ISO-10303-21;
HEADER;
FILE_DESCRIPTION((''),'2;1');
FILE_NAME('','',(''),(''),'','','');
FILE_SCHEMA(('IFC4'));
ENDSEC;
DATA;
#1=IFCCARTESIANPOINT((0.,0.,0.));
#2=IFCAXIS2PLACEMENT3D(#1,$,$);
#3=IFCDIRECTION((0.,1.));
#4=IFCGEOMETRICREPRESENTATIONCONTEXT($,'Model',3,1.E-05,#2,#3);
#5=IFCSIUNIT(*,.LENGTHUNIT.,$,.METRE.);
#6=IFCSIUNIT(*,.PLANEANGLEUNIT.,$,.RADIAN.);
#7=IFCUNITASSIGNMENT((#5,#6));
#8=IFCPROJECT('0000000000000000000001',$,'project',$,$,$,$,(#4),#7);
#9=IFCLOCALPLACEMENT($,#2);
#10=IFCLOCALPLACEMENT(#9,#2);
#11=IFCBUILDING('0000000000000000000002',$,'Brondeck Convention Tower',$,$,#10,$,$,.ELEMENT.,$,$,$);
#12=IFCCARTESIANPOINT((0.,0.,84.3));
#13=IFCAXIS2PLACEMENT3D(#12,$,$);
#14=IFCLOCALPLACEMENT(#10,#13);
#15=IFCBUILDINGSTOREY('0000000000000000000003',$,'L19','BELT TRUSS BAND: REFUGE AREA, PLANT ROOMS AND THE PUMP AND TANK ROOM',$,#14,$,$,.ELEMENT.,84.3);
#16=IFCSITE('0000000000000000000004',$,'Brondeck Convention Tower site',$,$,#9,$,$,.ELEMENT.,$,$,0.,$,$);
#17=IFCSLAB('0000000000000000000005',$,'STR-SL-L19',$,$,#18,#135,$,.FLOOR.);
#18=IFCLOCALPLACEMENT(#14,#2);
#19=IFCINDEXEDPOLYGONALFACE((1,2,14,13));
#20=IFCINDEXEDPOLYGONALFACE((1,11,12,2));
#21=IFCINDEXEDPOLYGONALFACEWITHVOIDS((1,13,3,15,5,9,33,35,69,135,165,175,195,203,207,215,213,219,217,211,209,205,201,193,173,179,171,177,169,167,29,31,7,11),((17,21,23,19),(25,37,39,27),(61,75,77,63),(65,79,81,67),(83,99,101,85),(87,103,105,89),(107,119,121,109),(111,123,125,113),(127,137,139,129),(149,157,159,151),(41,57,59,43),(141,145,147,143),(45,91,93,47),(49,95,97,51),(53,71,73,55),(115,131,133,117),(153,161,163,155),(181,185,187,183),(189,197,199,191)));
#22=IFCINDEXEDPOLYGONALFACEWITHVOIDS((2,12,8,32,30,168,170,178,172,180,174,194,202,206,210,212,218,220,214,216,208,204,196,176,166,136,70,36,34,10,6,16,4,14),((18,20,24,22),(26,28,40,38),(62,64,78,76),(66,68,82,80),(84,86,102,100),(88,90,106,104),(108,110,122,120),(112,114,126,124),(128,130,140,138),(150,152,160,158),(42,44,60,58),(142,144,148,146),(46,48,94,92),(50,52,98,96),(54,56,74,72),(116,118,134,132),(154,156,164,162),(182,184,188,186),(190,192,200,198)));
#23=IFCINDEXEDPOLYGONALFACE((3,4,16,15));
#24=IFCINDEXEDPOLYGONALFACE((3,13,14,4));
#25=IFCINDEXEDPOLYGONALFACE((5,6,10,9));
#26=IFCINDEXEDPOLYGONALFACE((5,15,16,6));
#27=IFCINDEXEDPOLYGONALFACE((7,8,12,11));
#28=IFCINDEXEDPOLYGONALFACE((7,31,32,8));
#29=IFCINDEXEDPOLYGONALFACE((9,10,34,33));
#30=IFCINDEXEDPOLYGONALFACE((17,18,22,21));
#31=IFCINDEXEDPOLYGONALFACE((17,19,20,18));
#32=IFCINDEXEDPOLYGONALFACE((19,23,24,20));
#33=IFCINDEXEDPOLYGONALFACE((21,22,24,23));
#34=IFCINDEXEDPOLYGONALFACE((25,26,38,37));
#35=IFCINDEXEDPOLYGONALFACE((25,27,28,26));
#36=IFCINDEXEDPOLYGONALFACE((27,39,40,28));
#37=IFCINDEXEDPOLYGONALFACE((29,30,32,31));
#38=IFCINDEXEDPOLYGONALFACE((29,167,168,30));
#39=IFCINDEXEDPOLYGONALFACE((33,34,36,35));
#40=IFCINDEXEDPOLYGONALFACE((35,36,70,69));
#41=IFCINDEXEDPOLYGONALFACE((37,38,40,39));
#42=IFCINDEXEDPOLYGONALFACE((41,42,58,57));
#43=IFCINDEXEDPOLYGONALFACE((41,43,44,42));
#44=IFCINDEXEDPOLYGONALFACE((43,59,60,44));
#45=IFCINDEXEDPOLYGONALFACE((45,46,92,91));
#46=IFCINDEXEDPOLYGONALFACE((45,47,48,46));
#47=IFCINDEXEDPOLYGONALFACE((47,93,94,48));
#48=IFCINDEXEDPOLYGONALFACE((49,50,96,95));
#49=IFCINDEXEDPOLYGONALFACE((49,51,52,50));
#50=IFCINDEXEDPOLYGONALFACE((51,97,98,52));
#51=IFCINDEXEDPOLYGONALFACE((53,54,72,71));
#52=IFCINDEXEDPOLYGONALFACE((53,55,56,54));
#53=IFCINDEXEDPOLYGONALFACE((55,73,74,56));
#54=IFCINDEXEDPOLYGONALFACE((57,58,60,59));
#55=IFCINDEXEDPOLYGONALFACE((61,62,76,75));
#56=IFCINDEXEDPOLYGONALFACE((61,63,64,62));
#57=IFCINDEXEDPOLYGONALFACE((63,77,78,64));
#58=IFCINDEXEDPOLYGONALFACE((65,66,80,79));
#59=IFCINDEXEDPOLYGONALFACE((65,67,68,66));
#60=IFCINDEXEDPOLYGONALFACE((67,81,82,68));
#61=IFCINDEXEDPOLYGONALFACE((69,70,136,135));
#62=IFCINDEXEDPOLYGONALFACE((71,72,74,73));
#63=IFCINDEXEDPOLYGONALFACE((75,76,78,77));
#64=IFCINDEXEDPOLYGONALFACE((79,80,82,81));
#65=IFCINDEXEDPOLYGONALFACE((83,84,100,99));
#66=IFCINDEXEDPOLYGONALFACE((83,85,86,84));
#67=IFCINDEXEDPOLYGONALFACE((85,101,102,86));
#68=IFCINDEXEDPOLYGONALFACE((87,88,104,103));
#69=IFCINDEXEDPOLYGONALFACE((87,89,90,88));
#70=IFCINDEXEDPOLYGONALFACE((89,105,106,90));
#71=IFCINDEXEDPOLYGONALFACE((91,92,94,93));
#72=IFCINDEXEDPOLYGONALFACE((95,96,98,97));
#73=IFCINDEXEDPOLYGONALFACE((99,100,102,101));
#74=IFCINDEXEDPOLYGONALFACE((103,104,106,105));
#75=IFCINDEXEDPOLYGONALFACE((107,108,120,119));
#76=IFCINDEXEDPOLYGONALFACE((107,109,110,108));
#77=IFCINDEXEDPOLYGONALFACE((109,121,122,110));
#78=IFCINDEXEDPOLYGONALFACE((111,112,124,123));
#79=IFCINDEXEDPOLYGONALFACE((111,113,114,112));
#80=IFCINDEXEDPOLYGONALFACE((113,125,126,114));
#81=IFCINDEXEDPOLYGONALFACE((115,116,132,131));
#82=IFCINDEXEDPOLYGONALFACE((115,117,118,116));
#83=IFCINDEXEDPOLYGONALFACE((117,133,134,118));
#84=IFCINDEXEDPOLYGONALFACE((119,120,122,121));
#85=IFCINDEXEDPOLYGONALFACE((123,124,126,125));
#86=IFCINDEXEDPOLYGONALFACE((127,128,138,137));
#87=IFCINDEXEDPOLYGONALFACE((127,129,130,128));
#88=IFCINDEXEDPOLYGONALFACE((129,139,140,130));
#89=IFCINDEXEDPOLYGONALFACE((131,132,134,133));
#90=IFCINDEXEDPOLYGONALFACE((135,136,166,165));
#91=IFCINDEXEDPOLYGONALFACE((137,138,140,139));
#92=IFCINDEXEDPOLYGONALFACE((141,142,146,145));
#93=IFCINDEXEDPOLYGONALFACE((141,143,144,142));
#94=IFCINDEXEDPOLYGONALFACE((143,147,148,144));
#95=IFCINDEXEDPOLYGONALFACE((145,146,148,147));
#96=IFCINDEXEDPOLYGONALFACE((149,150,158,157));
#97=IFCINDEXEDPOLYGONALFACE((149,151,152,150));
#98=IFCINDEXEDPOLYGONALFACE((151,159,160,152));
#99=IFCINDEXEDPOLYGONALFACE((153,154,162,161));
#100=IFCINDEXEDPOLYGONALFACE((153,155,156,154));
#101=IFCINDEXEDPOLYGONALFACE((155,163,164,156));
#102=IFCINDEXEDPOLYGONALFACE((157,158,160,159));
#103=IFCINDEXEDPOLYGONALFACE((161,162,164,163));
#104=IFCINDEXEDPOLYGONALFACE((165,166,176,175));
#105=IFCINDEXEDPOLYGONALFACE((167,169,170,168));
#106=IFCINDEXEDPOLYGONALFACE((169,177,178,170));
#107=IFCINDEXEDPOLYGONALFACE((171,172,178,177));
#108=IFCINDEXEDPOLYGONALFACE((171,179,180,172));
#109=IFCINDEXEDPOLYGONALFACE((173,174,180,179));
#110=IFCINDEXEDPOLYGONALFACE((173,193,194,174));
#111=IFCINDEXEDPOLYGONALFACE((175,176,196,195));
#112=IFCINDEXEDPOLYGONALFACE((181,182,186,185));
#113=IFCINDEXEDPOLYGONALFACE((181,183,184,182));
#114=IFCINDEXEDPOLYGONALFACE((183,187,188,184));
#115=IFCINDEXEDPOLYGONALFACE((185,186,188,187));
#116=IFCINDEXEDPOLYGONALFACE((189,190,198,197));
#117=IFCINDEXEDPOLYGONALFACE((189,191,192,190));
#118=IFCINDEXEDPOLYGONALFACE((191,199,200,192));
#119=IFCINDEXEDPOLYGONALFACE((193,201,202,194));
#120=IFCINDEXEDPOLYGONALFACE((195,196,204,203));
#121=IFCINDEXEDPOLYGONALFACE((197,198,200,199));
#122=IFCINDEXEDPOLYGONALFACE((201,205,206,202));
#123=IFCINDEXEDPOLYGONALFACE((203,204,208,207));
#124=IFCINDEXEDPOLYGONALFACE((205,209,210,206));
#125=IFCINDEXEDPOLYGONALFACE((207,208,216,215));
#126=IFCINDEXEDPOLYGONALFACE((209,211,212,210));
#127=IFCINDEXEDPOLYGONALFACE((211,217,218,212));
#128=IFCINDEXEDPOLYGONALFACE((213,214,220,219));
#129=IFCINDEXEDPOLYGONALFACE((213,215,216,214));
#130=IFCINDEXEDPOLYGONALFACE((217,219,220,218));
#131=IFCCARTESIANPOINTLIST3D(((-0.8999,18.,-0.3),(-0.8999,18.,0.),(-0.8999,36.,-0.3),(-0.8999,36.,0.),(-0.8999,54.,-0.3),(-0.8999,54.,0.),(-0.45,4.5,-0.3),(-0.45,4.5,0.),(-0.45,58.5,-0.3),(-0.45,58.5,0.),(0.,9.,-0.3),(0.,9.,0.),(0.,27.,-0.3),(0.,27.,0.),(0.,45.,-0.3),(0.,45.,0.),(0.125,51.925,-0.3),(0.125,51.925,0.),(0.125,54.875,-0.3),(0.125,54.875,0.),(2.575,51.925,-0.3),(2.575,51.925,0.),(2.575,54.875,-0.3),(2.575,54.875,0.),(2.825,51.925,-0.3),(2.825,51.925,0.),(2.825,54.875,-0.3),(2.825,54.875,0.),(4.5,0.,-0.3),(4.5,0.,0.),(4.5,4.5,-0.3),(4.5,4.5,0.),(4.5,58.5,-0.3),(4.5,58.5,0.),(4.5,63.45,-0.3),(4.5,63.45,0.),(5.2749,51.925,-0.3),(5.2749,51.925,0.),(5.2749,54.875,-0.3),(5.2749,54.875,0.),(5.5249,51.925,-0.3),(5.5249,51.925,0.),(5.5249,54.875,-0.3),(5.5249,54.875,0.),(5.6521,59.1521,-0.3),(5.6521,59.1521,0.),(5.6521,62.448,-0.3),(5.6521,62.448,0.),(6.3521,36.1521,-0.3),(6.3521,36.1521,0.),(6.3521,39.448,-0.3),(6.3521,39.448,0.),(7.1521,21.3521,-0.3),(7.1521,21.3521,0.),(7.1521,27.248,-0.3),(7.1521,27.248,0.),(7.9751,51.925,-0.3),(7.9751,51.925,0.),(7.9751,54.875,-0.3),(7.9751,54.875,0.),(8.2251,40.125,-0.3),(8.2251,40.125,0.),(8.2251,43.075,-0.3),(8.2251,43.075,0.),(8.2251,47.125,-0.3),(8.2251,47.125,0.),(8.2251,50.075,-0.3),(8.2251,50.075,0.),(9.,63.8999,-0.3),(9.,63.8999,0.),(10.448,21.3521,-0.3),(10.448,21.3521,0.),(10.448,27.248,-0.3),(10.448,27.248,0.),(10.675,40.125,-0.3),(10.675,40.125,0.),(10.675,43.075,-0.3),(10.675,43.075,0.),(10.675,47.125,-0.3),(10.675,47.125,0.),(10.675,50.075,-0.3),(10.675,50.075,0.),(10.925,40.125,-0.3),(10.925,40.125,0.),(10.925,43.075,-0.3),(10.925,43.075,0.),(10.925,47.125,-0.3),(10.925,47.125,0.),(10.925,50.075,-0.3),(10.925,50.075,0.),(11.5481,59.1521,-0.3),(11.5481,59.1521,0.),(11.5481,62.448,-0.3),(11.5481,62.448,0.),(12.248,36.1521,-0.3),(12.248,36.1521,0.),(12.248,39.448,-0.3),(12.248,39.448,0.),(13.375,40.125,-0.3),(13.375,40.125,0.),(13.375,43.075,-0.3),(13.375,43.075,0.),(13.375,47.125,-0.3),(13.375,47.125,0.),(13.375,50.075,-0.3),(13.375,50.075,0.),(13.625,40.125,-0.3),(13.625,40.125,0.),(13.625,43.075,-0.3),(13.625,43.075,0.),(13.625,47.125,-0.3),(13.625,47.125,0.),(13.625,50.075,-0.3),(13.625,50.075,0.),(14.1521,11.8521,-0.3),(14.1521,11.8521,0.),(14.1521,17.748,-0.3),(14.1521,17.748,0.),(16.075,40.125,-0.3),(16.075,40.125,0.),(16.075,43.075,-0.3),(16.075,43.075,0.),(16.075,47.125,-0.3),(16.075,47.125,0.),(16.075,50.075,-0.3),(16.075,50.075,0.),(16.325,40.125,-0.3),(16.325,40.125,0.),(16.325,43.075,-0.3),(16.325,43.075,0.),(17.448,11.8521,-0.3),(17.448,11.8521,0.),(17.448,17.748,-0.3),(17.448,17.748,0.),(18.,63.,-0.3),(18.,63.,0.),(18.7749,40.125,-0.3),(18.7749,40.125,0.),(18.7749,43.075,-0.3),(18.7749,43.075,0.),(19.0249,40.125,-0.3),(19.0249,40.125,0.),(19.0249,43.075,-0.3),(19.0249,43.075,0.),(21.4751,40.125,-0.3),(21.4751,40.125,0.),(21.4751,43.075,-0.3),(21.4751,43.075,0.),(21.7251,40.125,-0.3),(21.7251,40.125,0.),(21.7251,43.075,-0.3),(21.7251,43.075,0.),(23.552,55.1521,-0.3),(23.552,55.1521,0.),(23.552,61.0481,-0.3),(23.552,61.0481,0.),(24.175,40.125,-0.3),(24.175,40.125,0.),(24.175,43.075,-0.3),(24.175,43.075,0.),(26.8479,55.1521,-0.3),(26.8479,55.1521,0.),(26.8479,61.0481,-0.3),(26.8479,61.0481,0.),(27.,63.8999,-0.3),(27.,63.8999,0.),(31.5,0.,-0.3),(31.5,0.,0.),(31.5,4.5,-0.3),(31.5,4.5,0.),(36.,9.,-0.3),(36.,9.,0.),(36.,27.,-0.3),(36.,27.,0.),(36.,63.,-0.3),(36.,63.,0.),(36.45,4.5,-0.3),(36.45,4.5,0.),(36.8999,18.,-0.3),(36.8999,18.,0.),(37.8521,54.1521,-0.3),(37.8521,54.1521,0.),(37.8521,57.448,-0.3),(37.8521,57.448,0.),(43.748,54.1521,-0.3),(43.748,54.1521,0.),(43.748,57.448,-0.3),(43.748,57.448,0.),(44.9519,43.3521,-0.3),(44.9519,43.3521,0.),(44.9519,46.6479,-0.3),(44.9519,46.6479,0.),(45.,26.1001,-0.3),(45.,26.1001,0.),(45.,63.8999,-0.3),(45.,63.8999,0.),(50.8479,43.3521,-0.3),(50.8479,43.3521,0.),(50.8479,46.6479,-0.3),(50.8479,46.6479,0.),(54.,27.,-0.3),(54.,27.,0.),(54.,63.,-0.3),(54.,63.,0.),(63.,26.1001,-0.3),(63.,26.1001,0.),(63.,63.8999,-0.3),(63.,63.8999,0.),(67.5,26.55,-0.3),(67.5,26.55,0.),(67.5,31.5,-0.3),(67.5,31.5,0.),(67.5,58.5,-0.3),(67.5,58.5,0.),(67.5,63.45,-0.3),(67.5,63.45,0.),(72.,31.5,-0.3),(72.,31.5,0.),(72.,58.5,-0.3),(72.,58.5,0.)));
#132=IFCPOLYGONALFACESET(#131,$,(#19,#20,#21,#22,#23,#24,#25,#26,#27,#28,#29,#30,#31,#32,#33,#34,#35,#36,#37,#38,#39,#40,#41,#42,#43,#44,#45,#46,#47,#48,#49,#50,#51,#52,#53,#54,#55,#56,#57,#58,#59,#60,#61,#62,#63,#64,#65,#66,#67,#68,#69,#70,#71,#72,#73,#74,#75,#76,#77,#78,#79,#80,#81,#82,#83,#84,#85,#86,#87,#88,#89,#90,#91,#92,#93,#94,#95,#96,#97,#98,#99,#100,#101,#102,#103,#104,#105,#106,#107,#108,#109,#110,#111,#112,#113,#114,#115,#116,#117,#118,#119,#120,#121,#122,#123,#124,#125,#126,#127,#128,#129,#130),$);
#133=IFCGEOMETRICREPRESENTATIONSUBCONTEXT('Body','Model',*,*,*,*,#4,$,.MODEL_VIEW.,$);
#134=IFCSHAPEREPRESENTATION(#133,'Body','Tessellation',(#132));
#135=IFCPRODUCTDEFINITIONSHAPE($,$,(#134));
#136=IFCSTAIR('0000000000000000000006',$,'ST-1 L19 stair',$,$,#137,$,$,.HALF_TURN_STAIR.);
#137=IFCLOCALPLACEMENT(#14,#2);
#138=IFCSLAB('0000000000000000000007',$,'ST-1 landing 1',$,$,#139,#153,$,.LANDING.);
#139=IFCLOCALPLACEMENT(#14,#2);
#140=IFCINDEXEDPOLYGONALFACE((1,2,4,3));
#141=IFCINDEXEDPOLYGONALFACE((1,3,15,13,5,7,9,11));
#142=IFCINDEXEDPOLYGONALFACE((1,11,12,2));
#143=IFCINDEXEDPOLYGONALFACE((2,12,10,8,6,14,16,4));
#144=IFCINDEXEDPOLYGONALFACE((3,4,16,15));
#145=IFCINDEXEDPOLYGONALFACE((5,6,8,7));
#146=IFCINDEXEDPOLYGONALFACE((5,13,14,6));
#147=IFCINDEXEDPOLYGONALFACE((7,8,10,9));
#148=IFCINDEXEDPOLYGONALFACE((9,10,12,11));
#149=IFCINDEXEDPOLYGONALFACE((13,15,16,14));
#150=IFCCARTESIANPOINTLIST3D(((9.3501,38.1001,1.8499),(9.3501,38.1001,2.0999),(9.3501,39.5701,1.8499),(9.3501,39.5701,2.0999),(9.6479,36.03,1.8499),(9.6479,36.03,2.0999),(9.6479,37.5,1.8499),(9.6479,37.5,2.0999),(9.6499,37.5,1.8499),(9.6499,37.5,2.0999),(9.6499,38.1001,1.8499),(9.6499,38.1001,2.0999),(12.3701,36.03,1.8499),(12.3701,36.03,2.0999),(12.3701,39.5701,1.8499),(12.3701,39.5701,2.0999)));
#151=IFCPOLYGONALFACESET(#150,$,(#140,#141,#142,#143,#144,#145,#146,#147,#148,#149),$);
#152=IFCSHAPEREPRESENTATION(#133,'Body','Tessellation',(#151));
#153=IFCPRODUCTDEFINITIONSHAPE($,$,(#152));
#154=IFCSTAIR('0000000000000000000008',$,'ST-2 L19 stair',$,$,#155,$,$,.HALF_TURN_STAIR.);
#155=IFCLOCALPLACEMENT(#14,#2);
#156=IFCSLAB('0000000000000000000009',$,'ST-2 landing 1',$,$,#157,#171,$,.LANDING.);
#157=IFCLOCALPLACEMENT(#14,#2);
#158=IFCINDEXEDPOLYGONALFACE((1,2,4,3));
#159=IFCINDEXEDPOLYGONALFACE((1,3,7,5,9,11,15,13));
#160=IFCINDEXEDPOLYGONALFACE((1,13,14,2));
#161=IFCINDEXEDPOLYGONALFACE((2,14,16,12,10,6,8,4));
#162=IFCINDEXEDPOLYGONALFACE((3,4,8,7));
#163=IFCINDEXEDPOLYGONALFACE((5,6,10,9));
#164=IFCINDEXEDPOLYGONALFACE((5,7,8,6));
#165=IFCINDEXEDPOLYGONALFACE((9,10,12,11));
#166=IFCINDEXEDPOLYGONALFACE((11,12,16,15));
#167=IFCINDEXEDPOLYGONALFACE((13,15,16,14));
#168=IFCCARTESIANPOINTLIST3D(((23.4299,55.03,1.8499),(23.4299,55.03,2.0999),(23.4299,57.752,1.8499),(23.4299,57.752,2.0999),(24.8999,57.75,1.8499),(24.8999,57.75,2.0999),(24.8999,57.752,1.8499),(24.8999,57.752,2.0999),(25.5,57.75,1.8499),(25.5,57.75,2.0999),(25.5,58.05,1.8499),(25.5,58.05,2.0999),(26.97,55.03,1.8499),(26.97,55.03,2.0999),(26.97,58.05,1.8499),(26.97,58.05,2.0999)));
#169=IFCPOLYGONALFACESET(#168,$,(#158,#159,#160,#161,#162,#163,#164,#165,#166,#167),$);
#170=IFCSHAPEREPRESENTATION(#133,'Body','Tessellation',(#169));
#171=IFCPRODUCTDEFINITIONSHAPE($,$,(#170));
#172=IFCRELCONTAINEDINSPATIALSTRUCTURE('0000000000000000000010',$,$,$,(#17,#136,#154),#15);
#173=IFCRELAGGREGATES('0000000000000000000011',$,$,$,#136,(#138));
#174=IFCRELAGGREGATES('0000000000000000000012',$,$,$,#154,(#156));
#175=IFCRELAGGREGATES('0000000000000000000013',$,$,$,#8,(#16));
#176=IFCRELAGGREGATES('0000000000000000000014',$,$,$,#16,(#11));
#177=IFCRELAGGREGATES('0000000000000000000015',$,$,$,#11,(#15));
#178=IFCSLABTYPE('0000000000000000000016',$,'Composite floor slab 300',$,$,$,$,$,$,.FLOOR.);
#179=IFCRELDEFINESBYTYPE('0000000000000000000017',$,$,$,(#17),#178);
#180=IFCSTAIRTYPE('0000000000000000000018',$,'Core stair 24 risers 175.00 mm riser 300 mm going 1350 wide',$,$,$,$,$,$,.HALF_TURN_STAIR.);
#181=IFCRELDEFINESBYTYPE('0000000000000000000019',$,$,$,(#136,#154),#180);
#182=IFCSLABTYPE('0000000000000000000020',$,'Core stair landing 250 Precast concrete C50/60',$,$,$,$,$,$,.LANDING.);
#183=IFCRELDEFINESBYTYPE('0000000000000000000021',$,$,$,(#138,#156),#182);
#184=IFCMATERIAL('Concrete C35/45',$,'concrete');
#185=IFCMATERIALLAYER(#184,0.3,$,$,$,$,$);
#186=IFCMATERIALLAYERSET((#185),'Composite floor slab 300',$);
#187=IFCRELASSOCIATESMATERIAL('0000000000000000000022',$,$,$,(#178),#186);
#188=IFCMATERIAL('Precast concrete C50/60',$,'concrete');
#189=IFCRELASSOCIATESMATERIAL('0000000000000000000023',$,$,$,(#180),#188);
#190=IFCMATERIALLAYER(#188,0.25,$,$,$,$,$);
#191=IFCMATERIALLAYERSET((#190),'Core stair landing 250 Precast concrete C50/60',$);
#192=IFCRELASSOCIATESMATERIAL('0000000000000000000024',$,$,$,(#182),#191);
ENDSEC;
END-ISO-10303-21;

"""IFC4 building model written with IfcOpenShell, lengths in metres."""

from ifc_helpers import new_model, si_unit, direction, frame, origin, place, context, subcontext, project, spatial, polyline, outline, extrude, material, layer, layer_set, type_object, element, aggregate, save


model = new_model("IFC4")

# Units and contexts
model_context = context("Model", 3, precision=1e-05, world=origin(), true_north=direction((0.0, 1.0)))
body_context = subcontext(model_context, "Body", "Model", "MODEL_VIEW")
ifc_project = project(units=[si_unit("LENGTHUNIT", "METRE"), si_unit("PLANEANGLEUNIT", "RADIAN")], contexts=[model_context])

# Site, building, storey
site_placement = place(None, origin())
site = spatial("IfcSite", under=ifc_project, at=site_placement, Name="Brondeck Convention Tower site", CompositionType="ELEMENT", RefElevation=0.0)
building_placement = place(site_placement, origin())
building = spatial("IfcBuilding", under=site, at=building_placement, Name="Brondeck Convention Tower", CompositionType="ELEMENT")
storey_placement = place(building_placement, frame((0.0, 0.0, 84.3)))
storey = spatial("IfcBuildingStorey", under=building, at=storey_placement, Name="L19", Description="BELT TRUSS BAND: REFUGE AREA, PLANT ROOMS AND THE PUMP AND TANK ROOM", CompositionType="ELEMENT", Elevation=84.3)

# Slab
ifc_material_1 = material(Name="Concrete C35/45", Category="concrete")
ifc_layer_1 = layer(ifc_material_1, 0.3)
ifc_layer_set_1 = layer_set([ifc_layer_1], Name="Composite floor slab 300")
slab_type_1 = type_object("IfcSlabType", Name="Composite floor slab 300", PredefinedType="FLOOR", material=ifc_layer_set_1)
slab_1_placement = place(storey_placement, frame((0.0, 0.0, -0.3)))
element("IfcSlab", 1, at=slab_1_placement, inside=storey, type_object=slab_type_1, Name="STR-SL-L19", PredefinedType="FLOOR", context=body_context, shape_type="SweptSolid", body=[
    extrude(outline(polyline([(4.5, 4.5), (-0.45, 4.5), (0.0, 9.0), (-0.8999, 18.0), (0.0, 27.0), (-0.8999, 36.0), (0.0, 45.0), (-0.8999, 54.0), (-0.45, 58.5), (4.5, 58.5), (4.5, 63.45), (9.0, 63.8999), (18.0, 63.0), (27.0, 63.8999), (36.0, 63.0), (45.0, 63.8999), (54.0, 63.0), (63.0, 63.8999), (67.5, 63.45), (67.5, 58.5), (72.0, 58.5), (72.0, 31.5), (67.5, 31.5), (67.5, 26.55), (63.0, 26.1001), (54.0, 27.0), (45.0, 26.1001), (36.0, 27.0), (36.8999, 18.0), (36.0, 9.0), (36.45, 4.5), (31.5, 4.5), (31.5, 0.0), (4.5, 0.0), (4.5, 4.5)]), holes=[polyline([(10.448, 27.248), (7.1521, 27.248), (7.1521, 21.3521), (10.448, 21.3521), (10.448, 27.248)]), polyline([(12.248, 36.1521), (12.248, 39.448), (6.3521, 39.448), (6.3521, 36.1521), (12.248, 36.1521)]), polyline([(10.675, 40.125), (10.675, 43.075), (8.2251, 43.075), (8.2251, 40.125), (10.675, 40.125)]), polyline([(13.375, 40.125), (13.375, 43.075), (10.925, 43.075), (10.925, 40.125), (13.375, 40.125)]), polyline([(10.675, 47.125), (10.675, 50.075), (8.2251, 50.075), (8.2251, 47.125), (10.675, 47.125)]), polyline([(13.375, 47.125), (13.375, 50.075), (10.925, 50.075), (10.925, 47.125), (13.375, 47.125)]), polyline([(2.575, 51.925), (2.575, 54.875), (0.125, 54.875), (0.125, 51.925), (2.575, 51.925)]), polyline([(2.825, 51.925), (5.2749, 51.925), (5.2749, 54.875), (2.825, 54.875), (2.825, 51.925)]), polyline([(5.5249, 51.925), (7.9751, 51.925), (7.9751, 54.875), (5.5249, 54.875), (5.5249, 51.925)]), polyline([(5.6521, 62.448), (5.6521, 59.1521), (11.5481, 59.1521), (11.5481, 62.448), (5.6521, 62.448)]), polyline([(17.448, 17.748), (14.1521, 17.748), (14.1521, 11.8521), (17.448, 11.8521), (17.448, 17.748)]), polyline([(16.075, 40.125), (16.075, 43.075), (13.625, 43.075), (13.625, 40.125), (16.075, 40.125)]), polyline([(16.325, 40.125), (18.7749, 40.125), (18.7749, 43.075), (16.325, 43.075), (16.325, 40.125)]), polyline([(19.0249, 40.125), (21.4751, 40.125), (21.4751, 43.075), (19.0249, 43.075), (19.0249, 40.125)]), polyline([(24.175, 40.125), (24.175, 43.075), (21.7251, 43.075), (21.7251, 40.125), (24.175, 40.125)]), polyline([(50.8479, 43.3521), (50.8479, 46.6479), (44.9519, 46.6479), (44.9519, 43.3521), (50.8479, 43.3521)]), polyline([(16.075, 47.125), (16.075, 50.075), (13.625, 50.075), (13.625, 47.125), (16.075, 47.125)]), polyline([(37.8521, 54.1521), (43.748, 54.1521), (43.748, 57.448), (37.8521, 57.448), (37.8521, 54.1521)]), polyline([(23.552, 61.0481), (23.552, 55.1521), (26.8479, 55.1521), (26.8479, 61.0481), (23.552, 61.0481)])]), origin(), (0.0, 0.0, 1.0), 0.3),
])

# Stairs, slabs
ifc_material_2 = material(Name="Precast concrete C50/60", Category="concrete")
stair_type = type_object("IfcStairType", Name="Core stair 24 risers 175.00 mm riser 300 mm going 1350 wide", PredefinedType="HALF_TURN_STAIR", material=ifc_material_2)
stair_1_placement = place(storey_placement, origin())
stair_1 = element("IfcStair", 2, at=stair_1_placement, inside=storey, type_object=stair_type, Name="ST-1 L19 stair", PredefinedType="HALF_TURN_STAIR")
ifc_layer_2 = layer(ifc_material_2, 0.25)
ifc_layer_set_2 = layer_set([ifc_layer_2], Name="Core stair landing 250 Precast concrete C50/60")
slab_type_2 = type_object("IfcSlabType", Name="Core stair landing 250 Precast concrete C50/60", PredefinedType="LANDING", material=ifc_layer_set_2)
slab_2_placement = place(storey_placement, frame((0.0, 0.0, 1.8499)))
slab_2 = element("IfcSlab", 3, at=slab_2_placement, type_object=slab_type_2, Name="ST-1 landing 1", PredefinedType="LANDING", context=body_context, shape_type="SweptSolid", body=[
    extrude(outline(polyline([(9.6479, 37.5), (9.6499, 37.5), (9.6499, 38.1001), (9.3501, 38.1001), (9.3501, 39.5701), (12.3701, 39.5701), (12.3701, 36.03), (9.6479, 36.03), (9.6479, 37.5)])), origin(), (0.0, 0.0, 1.0), 0.25),
])
aggregate(stair_1, [slab_2])
stair_2_placement = place(storey_placement, origin())
stair_2 = element("IfcStair", 4, at=stair_2_placement, inside=storey, type_object=stair_type, Name="ST-2 L19 stair", PredefinedType="HALF_TURN_STAIR")
slab_3_placement = place(storey_placement, frame((0.0, 0.0, 1.8499)))
slab_3 = element("IfcSlab", 5, at=slab_3_placement, type_object=slab_type_2, Name="ST-2 landing 1", PredefinedType="LANDING", context=body_context, shape_type="SweptSolid", body=[
    extrude(outline(polyline([(23.4299, 57.752), (24.8999, 57.752), (24.8999, 57.75), (25.5, 57.75), (25.5, 58.05), (26.97, 58.05), (26.97, 55.03), (23.4299, 55.03), (23.4299, 57.752)])), origin(), (0.0, 0.0, 1.0), 0.25),
])
aggregate(stair_2, [slab_3])

save(model, "model.ifc")
